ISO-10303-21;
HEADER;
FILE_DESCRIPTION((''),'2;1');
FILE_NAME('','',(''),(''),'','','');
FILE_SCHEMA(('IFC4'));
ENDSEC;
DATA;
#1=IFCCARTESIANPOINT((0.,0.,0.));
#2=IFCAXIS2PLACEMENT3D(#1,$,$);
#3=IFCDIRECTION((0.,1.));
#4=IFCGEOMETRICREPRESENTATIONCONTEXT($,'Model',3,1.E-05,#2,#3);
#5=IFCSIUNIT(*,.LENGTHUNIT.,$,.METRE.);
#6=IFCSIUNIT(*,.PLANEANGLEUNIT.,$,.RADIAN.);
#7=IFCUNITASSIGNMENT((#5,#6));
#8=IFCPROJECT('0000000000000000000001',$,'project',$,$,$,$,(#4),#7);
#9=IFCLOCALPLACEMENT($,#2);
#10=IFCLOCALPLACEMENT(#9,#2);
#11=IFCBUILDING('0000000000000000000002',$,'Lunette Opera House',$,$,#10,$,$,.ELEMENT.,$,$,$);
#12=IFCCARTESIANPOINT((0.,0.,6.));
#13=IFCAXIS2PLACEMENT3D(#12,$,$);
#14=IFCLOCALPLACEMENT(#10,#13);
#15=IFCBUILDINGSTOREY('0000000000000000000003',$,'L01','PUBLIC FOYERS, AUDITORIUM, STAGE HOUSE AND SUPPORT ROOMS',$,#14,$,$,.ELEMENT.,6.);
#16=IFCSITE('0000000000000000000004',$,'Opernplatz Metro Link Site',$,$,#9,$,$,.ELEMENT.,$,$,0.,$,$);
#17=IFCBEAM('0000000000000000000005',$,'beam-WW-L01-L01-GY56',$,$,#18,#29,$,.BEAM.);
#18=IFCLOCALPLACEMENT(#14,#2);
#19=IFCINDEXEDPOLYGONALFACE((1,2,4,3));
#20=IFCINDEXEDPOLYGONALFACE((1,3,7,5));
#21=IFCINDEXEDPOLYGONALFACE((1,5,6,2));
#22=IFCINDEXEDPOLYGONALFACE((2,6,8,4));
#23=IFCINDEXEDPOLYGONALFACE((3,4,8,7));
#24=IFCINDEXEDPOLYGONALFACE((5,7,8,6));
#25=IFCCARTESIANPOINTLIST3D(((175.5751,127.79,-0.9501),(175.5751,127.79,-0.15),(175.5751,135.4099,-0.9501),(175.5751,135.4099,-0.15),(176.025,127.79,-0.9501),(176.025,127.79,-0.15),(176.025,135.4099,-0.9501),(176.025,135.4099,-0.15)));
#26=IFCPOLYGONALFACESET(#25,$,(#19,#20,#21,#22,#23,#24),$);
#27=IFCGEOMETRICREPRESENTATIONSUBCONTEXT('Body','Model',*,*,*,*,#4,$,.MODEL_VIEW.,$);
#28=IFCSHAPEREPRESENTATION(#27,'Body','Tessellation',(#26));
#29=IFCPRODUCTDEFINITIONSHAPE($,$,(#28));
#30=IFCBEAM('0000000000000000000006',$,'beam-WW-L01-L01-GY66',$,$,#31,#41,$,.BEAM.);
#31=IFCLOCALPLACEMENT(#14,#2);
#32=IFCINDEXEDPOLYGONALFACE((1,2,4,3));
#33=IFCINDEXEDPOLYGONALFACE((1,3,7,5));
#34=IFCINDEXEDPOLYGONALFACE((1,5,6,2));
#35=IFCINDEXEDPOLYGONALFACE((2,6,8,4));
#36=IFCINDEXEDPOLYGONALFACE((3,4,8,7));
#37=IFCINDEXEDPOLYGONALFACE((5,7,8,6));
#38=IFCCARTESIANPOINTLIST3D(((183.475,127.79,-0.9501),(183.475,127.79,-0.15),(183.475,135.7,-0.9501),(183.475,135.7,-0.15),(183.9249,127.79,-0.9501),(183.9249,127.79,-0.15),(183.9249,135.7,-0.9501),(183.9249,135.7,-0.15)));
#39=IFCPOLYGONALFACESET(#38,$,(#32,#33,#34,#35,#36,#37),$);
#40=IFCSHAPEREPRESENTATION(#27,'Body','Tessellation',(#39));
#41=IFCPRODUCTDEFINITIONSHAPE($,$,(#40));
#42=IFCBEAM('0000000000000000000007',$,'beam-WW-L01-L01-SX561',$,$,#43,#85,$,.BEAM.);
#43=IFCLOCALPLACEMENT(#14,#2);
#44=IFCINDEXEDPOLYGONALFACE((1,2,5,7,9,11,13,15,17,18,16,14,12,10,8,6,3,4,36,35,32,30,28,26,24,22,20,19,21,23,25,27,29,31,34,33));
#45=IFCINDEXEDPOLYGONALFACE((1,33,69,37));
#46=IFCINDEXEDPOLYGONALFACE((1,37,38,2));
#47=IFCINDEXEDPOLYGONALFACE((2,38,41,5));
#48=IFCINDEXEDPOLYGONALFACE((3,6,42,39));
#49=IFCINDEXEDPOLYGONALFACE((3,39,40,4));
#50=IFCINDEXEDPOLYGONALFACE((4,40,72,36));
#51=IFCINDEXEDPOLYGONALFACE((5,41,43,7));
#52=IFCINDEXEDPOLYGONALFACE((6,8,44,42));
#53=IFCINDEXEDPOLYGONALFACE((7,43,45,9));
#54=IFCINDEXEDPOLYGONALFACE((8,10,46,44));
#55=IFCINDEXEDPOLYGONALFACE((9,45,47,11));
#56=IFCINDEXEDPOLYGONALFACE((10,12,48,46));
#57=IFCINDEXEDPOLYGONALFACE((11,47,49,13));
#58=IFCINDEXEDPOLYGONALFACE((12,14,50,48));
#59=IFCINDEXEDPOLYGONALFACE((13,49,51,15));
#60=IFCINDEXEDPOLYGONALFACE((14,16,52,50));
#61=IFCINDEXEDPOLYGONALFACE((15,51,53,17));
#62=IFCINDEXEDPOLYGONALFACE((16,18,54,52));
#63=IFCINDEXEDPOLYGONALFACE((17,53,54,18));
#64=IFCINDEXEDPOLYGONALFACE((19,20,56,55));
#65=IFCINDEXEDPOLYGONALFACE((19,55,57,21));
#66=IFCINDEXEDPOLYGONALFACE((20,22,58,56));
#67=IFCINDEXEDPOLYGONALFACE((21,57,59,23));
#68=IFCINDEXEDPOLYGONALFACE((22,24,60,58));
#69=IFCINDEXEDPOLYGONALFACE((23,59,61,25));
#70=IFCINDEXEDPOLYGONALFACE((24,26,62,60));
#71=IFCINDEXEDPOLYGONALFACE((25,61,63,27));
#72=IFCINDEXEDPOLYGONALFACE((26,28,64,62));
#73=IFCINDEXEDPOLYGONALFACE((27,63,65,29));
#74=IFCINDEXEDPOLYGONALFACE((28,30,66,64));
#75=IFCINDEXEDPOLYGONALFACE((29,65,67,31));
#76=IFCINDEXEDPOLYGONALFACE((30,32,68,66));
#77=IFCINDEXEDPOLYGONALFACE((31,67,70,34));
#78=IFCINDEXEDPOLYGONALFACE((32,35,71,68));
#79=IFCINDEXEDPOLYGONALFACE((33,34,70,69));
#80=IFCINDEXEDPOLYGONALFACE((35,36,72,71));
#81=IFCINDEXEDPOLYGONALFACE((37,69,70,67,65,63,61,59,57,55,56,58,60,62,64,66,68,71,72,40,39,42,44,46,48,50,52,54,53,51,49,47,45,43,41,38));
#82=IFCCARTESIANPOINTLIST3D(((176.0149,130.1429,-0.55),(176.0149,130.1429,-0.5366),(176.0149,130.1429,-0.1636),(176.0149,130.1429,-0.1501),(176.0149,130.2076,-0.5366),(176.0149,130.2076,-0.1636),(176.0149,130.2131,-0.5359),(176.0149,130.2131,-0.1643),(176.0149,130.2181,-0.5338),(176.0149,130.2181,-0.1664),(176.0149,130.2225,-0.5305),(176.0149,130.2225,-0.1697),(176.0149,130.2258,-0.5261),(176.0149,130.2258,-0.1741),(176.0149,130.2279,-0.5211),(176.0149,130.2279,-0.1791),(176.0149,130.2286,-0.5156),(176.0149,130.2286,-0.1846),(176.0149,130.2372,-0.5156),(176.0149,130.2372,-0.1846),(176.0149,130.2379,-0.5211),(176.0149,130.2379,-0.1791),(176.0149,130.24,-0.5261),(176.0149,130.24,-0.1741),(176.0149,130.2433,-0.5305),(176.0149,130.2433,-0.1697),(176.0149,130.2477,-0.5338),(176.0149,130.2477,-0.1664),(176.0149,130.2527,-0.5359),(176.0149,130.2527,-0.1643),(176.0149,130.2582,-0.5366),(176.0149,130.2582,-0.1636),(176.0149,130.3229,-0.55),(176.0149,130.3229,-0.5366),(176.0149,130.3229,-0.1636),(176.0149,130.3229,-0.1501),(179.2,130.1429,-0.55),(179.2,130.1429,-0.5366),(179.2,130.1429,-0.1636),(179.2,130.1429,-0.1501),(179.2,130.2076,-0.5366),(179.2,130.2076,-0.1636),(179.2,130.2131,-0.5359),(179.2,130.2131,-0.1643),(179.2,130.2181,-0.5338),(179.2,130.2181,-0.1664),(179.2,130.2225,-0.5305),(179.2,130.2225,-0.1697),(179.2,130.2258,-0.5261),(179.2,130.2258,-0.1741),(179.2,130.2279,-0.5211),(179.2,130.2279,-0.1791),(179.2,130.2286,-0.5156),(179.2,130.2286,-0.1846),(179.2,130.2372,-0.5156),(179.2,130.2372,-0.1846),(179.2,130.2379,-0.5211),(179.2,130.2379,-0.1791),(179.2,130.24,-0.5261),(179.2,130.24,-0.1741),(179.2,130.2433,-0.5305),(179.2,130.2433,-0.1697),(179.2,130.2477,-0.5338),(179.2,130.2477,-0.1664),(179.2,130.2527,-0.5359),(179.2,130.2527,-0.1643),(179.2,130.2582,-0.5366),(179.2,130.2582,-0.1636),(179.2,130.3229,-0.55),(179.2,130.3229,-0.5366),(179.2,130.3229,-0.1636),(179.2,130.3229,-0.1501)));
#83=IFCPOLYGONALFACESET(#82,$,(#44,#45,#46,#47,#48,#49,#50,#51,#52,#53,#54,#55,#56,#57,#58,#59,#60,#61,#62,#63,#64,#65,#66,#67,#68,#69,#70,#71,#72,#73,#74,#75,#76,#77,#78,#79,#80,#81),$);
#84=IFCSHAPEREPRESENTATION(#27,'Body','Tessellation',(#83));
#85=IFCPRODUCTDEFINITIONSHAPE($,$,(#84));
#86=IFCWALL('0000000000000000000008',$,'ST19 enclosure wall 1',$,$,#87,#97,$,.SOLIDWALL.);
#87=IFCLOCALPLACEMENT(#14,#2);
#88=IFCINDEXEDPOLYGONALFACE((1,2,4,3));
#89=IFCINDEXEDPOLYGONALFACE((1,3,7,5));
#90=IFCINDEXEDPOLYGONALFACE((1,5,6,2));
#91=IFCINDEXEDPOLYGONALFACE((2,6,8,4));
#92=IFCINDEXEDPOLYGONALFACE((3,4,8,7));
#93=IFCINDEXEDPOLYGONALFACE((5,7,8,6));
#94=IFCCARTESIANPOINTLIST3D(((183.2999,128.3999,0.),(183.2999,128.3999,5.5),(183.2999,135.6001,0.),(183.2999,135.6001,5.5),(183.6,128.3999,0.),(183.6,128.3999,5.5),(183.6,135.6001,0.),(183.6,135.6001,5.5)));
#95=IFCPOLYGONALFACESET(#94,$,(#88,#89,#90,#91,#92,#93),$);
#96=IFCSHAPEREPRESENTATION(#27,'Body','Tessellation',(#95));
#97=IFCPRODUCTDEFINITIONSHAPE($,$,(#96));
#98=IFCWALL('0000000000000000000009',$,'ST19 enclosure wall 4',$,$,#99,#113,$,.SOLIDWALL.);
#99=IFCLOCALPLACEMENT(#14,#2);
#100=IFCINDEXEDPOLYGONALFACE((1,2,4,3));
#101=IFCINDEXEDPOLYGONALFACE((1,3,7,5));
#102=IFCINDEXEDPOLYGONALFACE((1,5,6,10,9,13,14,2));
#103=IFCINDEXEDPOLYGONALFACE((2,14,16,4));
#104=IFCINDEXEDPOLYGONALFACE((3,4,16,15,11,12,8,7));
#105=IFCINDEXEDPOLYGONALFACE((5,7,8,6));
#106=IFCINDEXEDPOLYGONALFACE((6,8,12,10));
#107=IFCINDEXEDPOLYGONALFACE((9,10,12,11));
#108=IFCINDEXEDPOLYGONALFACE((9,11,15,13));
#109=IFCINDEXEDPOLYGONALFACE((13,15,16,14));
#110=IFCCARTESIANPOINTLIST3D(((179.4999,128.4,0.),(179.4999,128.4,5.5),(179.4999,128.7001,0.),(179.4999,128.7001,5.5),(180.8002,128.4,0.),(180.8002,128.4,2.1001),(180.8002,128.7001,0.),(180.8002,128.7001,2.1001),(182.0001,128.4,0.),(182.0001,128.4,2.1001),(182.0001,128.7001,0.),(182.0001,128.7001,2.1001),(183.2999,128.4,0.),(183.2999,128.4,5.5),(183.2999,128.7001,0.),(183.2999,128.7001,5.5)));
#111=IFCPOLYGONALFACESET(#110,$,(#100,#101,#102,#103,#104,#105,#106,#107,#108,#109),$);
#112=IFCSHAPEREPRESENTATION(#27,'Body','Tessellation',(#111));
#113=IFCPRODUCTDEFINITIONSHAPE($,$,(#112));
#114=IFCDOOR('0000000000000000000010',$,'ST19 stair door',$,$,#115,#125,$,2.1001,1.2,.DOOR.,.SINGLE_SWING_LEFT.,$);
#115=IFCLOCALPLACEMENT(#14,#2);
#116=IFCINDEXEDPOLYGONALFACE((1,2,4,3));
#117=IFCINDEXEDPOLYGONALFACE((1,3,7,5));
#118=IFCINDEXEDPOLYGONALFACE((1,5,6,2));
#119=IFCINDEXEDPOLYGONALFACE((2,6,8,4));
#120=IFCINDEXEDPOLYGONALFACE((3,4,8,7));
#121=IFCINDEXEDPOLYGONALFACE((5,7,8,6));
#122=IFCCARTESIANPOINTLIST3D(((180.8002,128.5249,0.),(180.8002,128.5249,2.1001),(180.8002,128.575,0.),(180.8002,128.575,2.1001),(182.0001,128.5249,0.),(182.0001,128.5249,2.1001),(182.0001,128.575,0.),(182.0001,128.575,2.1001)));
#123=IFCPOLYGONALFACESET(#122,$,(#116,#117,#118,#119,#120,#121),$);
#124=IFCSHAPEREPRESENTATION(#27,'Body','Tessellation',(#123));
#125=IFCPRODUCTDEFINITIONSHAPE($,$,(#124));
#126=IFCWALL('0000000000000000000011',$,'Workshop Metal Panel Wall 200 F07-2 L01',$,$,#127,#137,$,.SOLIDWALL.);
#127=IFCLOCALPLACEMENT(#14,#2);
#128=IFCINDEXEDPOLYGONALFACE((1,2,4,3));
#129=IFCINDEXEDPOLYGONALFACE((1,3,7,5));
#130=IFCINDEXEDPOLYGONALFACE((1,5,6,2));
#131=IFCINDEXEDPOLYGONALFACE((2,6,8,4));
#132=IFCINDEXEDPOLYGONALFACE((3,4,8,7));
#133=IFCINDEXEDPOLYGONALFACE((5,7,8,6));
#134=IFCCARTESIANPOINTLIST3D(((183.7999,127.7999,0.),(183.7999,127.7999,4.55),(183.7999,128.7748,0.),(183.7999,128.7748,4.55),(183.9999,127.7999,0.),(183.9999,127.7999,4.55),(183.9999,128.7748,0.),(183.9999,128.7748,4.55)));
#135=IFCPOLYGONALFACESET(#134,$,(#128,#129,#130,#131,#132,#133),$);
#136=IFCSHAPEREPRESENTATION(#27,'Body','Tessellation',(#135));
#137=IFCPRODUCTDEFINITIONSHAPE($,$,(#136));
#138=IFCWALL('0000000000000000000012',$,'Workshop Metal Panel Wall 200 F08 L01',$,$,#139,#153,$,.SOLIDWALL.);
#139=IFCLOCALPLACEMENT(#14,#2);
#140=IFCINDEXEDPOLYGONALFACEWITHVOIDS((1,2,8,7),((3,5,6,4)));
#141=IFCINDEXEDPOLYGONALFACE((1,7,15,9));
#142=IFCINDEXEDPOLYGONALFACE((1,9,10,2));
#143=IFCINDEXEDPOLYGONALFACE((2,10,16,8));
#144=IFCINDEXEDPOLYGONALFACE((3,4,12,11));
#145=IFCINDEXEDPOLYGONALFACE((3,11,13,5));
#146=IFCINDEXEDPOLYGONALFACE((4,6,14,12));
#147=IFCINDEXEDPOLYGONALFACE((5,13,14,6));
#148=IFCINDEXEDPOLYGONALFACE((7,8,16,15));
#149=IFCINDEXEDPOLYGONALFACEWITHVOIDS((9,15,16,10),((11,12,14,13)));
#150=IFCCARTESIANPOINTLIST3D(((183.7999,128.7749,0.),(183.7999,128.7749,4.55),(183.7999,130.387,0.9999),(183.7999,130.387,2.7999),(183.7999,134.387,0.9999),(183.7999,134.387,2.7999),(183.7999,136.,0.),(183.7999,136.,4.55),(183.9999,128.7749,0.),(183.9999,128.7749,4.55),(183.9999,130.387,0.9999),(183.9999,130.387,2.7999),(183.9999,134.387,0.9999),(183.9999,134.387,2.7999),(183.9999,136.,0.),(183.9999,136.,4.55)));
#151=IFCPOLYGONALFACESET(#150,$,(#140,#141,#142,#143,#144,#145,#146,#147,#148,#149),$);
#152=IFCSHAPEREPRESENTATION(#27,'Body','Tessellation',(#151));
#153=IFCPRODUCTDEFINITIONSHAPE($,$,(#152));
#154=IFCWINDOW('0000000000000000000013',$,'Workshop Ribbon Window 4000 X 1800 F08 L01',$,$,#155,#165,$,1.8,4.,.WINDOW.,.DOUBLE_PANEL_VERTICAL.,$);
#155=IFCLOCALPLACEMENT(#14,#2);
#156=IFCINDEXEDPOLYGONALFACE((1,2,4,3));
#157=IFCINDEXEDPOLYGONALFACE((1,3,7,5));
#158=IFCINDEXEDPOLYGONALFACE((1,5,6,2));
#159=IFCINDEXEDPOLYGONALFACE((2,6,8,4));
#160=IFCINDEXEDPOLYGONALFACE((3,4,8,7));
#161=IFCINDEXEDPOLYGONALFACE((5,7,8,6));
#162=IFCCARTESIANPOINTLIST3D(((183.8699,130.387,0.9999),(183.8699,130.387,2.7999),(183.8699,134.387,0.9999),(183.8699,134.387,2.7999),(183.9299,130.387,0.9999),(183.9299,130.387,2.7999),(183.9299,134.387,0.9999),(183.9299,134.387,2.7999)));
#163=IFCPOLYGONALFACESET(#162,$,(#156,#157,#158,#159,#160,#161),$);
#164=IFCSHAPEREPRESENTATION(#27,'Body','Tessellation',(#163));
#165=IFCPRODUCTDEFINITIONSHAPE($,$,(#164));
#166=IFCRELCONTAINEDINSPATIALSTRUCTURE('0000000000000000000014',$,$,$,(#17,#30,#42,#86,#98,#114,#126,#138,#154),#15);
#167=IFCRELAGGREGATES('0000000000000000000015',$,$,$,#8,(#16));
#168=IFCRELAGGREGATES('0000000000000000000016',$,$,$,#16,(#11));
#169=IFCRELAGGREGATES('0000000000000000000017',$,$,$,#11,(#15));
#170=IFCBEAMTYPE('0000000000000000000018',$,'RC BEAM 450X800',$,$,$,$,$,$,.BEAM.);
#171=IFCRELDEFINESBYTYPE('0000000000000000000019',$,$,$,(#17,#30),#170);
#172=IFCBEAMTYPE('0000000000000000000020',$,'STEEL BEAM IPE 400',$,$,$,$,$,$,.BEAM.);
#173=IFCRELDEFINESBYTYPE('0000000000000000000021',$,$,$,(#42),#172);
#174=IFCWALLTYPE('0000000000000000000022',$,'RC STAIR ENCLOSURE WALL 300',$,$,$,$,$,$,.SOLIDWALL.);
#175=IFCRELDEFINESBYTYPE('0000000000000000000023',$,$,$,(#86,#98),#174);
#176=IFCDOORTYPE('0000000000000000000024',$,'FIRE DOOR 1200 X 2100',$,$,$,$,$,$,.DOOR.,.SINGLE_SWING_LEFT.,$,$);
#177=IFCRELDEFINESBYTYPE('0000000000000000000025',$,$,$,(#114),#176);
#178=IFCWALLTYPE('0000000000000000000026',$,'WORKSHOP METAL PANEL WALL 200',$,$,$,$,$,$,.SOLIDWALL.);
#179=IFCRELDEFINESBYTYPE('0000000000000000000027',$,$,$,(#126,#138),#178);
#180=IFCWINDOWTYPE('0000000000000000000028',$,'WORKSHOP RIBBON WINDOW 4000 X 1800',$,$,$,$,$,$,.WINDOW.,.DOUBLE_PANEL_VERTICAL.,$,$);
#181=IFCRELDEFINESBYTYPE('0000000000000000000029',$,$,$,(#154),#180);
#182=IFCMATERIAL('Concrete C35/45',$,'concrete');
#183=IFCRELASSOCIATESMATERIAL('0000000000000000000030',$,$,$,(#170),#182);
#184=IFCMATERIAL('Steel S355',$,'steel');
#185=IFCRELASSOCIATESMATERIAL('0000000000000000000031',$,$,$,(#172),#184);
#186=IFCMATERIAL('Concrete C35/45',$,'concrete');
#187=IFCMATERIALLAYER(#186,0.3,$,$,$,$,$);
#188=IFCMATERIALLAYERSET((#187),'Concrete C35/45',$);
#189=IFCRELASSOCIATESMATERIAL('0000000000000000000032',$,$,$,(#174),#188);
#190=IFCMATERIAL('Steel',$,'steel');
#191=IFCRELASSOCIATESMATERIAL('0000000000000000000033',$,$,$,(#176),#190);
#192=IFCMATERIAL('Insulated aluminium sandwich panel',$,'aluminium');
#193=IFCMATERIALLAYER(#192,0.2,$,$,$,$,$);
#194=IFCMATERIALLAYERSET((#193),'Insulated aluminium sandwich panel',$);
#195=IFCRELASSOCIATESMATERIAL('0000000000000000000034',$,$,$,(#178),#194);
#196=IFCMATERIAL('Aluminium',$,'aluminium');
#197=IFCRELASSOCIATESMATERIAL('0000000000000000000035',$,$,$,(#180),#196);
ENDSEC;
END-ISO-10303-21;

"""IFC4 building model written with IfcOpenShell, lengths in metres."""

from ifc_helpers import new_model, si_unit, direction, frame, frame_2d, origin, origin_2d, place, context, subcontext, project, spatial, rectangle, i_section, extrude, material, layer, layer_set, material_profile, profile_set, type_object, element, fill, save


model = new_model("IFC4")

# Units and contexts
model_context = context("Model", 3, precision=1e-05, world=origin(), true_north=direction((0.0, 1.0)))
body_context = subcontext(model_context, "Body", "Model", "MODEL_VIEW")
ifc_project = project(units=[si_unit("LENGTHUNIT", "METRE"), si_unit("PLANEANGLEUNIT", "RADIAN")], contexts=[model_context])

# Site, building, storey
site_placement = place(None, origin())
site = spatial("IfcSite", under=ifc_project, at=site_placement, Name="Opernplatz Metro Link Site", CompositionType="ELEMENT", RefElevation=0.0)
building_placement = place(site_placement, origin())
building = spatial("IfcBuilding", under=site, at=building_placement, Name="Lunette Opera House", CompositionType="ELEMENT")
storey_placement = place(building_placement, frame((0.0, 0.0, 6.0)))
storey = spatial("IfcBuildingStorey", under=building, at=storey_placement, Name="L01", Description="PUBLIC FOYERS, AUDITORIUM, STAGE HOUSE AND SUPPORT ROOMS", CompositionType="ELEMENT", Elevation=6.0)

# Beams
ifc_material_1 = material(Name="Concrete C35/45", Category="concrete")
ifc_material_profile_1 = material_profile(ifc_material_1, rectangle(XDim=0.45, YDim=0.8, at=origin_2d()), Name="RC BEAM 450X800")
ifc_profile_set_1 = profile_set([ifc_material_profile_1], Name="Concrete C35/45")
beam_type_1 = type_object("IfcBeamType", Name="RC BEAM 450X800", PredefinedType="BEAM", material=ifc_profile_set_1)
beam_1_placement = place(storey_placement, frame((175.8, 127.79, -0.55), z_axis=(0.0, 1.0, 0.0), x_axis=(-1.0, 0.0, 0.0)))
element("IfcBeam", 1, at=beam_1_placement, inside=storey, type_object=beam_type_1, Name="beam-WW-L01-L01-GY56", PredefinedType="BEAM", context=body_context, shape_type="SweptSolid", body=[
    extrude(rectangle(XDim=0.45, YDim=0.8, at=origin_2d()), origin(), (0.0, 0.0, 1.0), 7.6199),
])
beam_2_placement = place(storey_placement, frame((183.7, 127.79, -0.55), z_axis=(0.0, 1.0, 0.0), x_axis=(-1.0, 0.0, 0.0)))
element("IfcBeam", 2, at=beam_2_placement, inside=storey, type_object=beam_type_1, Name="beam-WW-L01-L01-GY66", PredefinedType="BEAM", context=body_context, shape_type="SweptSolid", body=[
    extrude(rectangle(XDim=0.45, YDim=0.8, at=origin_2d()), origin(), (0.0, 0.0, 1.0), 7.9099),
])
ifc_material_2 = material(Name="Steel S355", Category="steel")
ifc_material_profile_2 = material_profile(ifc_material_2, i_section(OverallWidth=0.1799, OverallDepth=0.3999, WebThickness=0.0085, FlangeThickness=0.0134, FilletRadius=0.021, at=origin_2d()), Name="IPE 400")
ifc_profile_set_2 = profile_set([ifc_material_profile_2], Name="Steel S355")
beam_type_2 = type_object("IfcBeamType", Name="STEEL BEAM IPE 400", PredefinedType="BEAM", material=ifc_profile_set_2)
beam_3_placement = place(storey_placement, frame((176.0149, 130.2329, -0.3501), z_axis=(1.0, 0.0, 0.0), x_axis=(0.0, 1.0, 0.0)))
element("IfcBeam", 3, at=beam_3_placement, inside=storey, type_object=beam_type_2, Name="beam-WW-L01-L01-SX561", PredefinedType="BEAM", context=body_context, shape_type="SweptSolid", body=[
    extrude(i_section(OverallWidth=0.1799, OverallDepth=0.3999, WebThickness=0.0085, FlangeThickness=0.0134, FilletRadius=0.021, at=origin_2d()), origin(), (0.0, 0.0, 1.0), 3.1851),
])

# Wall
ifc_material_3 = material(Name="Concrete C35/45", Category="concrete")
ifc_layer_1 = layer(ifc_material_3, 0.3)
ifc_layer_set_1 = layer_set([ifc_layer_1], Name="Concrete C35/45")
wall_type_1 = type_object("IfcWallType", Name="RC STAIR ENCLOSURE WALL 300", PredefinedType="SOLIDWALL", material=ifc_layer_set_1)
wall_1_placement = place(storey_placement, frame((183.45, 128.3999, 0.0), z_axis=(0.0, 0.0, 1.0), x_axis=(0.0, 1.0, 0.0)))
element("IfcWall", 4, at=wall_1_placement, inside=storey, type_object=wall_type_1, Name="ST19 enclosure wall 1", PredefinedType="SOLIDWALL", context=body_context, shape_type="SweptSolid", body=[
    extrude(rectangle(XDim=7.2002, YDim=0.3, at=frame_2d((3.6001, 0.0))), origin(), (0.0, 0.0, 1.0), 5.5),
])

# Wall, opening, door
wall_2_placement = place(storey_placement, frame((179.5, 128.55, 0.0), z_axis=(0.0, 0.0, 1.0), x_axis=(1.0, 0.0, 0.0)))
wall_2 = element("IfcWall", 5, at=wall_2_placement, inside=storey, type_object=wall_type_1, Name="ST19 enclosure wall 4", PredefinedType="SOLIDWALL", context=body_context, shape_type="SweptSolid", body=[
    extrude(rectangle(XDim=3.8, YDim=0.3, at=frame_2d((1.8999, 0.0))), origin(), (0.0, 0.0, 1.0), 5.5),
])
opening_1_placement = place(wall_2_placement, frame((1.3, 0.0, 0.0)))
opening_1 = element("IfcOpeningElement", 6, at=opening_1_placement, cuts=wall_2, PredefinedType="OPENING", context=body_context, shape_type="SweptSolid", body=[
    extrude(rectangle(XDim=1.2, YDim=2.1001, at=frame_2d((0.6001, 1.05))), frame((0.0, 0.1621, 0.0), z_axis=(0.0, -1.0, 0.0), x_axis=(1.0, 0.0, 0.0)), (0.0, 0.0, 1.0), 0.324),
])
ifc_material_4 = material(Name="Steel", Category="steel")
door_type = type_object("IfcDoorType", Name="FIRE DOOR 1200 X 2100", OperationType="SINGLE_SWING_LEFT", PredefinedType="DOOR", material=ifc_material_4)
door_placement = place(opening_1_placement, origin())
door = element("IfcDoor", 7, at=door_placement, inside=storey, type_object=door_type, Name="ST19 stair door", OperationType="SINGLE_SWING_LEFT", OverallHeight=2.1001, OverallWidth=1.2, PredefinedType="DOOR", context=body_context, shape_type="SweptSolid", body=[
    extrude(rectangle(XDim=1.2, YDim=2.1001, at=frame_2d((0.6001, 1.05))), frame((0.0, 0.0249, 0.0), z_axis=(0.0, -1.0, 0.0), x_axis=(1.0, 0.0, 0.0)), (0.0, 0.0, 1.0), 0.05),
])
fill(opening_1, door)

# Wall
ifc_material_5 = material(Name="Insulated aluminium sandwich panel", Category="aluminium")
ifc_layer_2 = layer(ifc_material_5, 0.2)
ifc_layer_set_2 = layer_set([ifc_layer_2], Name="Insulated aluminium sandwich panel")
wall_type_2 = type_object("IfcWallType", Name="WORKSHOP METAL PANEL WALL 200", PredefinedType="SOLIDWALL", material=ifc_layer_set_2)
wall_3_placement = place(storey_placement, frame((183.8999, 127.8, 0.0), z_axis=(0.0, 0.0, 1.0), x_axis=(0.0, 1.0, 0.0)))
element("IfcWall", 8, at=wall_3_placement, inside=storey, type_object=wall_type_2, Name="Workshop Metal Panel Wall 200 F07-2 L01", PredefinedType="SOLIDWALL", context=body_context, shape_type="SweptSolid", body=[
    extrude(rectangle(XDim=0.9749, YDim=0.2, at=frame_2d((0.4873, 0.0))), origin(), (0.0, 0.0, 1.0), 4.55),
])

# Wall, opening, window
wall_4_placement = place(storey_placement, frame((183.8999, 128.7749, 0.0), z_axis=(0.0, 0.0, 1.0), x_axis=(0.0, 1.0, 0.0)))
wall_4 = element("IfcWall", 9, at=wall_4_placement, inside=storey, type_object=wall_type_2, Name="Workshop Metal Panel Wall 200 F08 L01", PredefinedType="SOLIDWALL", context=body_context, shape_type="SweptSolid", body=[
    extrude(rectangle(XDim=7.2251, YDim=0.2, at=frame_2d((3.6125, 0.0))), origin(), (0.0, 0.0, 1.0), 4.55),
])
opening_2_placement = place(wall_4_placement, frame((1.6121, 0.0, 1.0)))
opening_2 = element("IfcOpeningElement", 10, at=opening_2_placement, cuts=wall_4, PredefinedType="OPENING", context=body_context, shape_type="SweptSolid", body=[
    extrude(rectangle(XDim=4.0, YDim=1.8, at=frame_2d((2.0, 0.8999))), frame((0.0, 0.1121, 0.0), z_axis=(0.0, -1.0, 0.0), x_axis=(1.0, 0.0, 0.0)), (0.0, 0.0, 1.0), 0.2239),
])
ifc_material_6 = material(Name="Aluminium", Category="aluminium")
window_type = type_object("IfcWindowType", Name="WORKSHOP RIBBON WINDOW 4000 X 1800", PartitioningType="DOUBLE_PANEL_VERTICAL", PredefinedType="WINDOW", material=ifc_material_6)
window_placement = place(opening_2_placement, origin())
window = element("IfcWindow", 11, at=window_placement, inside=storey, type_object=window_type, Name="Workshop Ribbon Window 4000 X 1800 F08 L01", OverallHeight=1.8, OverallWidth=4.0, PartitioningType="DOUBLE_PANEL_VERTICAL", PredefinedType="WINDOW", context=body_context, shape_type="SweptSolid", body=[
    extrude(rectangle(XDim=4.0, YDim=1.8, at=frame_2d((2.0, 0.8999))), frame((0.0, 0.03, 0.0), z_axis=(0.0, -1.0, 0.0), x_axis=(1.0, 0.0, 0.0)), (0.0, 0.0, 1.0), 0.0601),
])
fill(opening_2, window)

save(model, "model.ifc")
